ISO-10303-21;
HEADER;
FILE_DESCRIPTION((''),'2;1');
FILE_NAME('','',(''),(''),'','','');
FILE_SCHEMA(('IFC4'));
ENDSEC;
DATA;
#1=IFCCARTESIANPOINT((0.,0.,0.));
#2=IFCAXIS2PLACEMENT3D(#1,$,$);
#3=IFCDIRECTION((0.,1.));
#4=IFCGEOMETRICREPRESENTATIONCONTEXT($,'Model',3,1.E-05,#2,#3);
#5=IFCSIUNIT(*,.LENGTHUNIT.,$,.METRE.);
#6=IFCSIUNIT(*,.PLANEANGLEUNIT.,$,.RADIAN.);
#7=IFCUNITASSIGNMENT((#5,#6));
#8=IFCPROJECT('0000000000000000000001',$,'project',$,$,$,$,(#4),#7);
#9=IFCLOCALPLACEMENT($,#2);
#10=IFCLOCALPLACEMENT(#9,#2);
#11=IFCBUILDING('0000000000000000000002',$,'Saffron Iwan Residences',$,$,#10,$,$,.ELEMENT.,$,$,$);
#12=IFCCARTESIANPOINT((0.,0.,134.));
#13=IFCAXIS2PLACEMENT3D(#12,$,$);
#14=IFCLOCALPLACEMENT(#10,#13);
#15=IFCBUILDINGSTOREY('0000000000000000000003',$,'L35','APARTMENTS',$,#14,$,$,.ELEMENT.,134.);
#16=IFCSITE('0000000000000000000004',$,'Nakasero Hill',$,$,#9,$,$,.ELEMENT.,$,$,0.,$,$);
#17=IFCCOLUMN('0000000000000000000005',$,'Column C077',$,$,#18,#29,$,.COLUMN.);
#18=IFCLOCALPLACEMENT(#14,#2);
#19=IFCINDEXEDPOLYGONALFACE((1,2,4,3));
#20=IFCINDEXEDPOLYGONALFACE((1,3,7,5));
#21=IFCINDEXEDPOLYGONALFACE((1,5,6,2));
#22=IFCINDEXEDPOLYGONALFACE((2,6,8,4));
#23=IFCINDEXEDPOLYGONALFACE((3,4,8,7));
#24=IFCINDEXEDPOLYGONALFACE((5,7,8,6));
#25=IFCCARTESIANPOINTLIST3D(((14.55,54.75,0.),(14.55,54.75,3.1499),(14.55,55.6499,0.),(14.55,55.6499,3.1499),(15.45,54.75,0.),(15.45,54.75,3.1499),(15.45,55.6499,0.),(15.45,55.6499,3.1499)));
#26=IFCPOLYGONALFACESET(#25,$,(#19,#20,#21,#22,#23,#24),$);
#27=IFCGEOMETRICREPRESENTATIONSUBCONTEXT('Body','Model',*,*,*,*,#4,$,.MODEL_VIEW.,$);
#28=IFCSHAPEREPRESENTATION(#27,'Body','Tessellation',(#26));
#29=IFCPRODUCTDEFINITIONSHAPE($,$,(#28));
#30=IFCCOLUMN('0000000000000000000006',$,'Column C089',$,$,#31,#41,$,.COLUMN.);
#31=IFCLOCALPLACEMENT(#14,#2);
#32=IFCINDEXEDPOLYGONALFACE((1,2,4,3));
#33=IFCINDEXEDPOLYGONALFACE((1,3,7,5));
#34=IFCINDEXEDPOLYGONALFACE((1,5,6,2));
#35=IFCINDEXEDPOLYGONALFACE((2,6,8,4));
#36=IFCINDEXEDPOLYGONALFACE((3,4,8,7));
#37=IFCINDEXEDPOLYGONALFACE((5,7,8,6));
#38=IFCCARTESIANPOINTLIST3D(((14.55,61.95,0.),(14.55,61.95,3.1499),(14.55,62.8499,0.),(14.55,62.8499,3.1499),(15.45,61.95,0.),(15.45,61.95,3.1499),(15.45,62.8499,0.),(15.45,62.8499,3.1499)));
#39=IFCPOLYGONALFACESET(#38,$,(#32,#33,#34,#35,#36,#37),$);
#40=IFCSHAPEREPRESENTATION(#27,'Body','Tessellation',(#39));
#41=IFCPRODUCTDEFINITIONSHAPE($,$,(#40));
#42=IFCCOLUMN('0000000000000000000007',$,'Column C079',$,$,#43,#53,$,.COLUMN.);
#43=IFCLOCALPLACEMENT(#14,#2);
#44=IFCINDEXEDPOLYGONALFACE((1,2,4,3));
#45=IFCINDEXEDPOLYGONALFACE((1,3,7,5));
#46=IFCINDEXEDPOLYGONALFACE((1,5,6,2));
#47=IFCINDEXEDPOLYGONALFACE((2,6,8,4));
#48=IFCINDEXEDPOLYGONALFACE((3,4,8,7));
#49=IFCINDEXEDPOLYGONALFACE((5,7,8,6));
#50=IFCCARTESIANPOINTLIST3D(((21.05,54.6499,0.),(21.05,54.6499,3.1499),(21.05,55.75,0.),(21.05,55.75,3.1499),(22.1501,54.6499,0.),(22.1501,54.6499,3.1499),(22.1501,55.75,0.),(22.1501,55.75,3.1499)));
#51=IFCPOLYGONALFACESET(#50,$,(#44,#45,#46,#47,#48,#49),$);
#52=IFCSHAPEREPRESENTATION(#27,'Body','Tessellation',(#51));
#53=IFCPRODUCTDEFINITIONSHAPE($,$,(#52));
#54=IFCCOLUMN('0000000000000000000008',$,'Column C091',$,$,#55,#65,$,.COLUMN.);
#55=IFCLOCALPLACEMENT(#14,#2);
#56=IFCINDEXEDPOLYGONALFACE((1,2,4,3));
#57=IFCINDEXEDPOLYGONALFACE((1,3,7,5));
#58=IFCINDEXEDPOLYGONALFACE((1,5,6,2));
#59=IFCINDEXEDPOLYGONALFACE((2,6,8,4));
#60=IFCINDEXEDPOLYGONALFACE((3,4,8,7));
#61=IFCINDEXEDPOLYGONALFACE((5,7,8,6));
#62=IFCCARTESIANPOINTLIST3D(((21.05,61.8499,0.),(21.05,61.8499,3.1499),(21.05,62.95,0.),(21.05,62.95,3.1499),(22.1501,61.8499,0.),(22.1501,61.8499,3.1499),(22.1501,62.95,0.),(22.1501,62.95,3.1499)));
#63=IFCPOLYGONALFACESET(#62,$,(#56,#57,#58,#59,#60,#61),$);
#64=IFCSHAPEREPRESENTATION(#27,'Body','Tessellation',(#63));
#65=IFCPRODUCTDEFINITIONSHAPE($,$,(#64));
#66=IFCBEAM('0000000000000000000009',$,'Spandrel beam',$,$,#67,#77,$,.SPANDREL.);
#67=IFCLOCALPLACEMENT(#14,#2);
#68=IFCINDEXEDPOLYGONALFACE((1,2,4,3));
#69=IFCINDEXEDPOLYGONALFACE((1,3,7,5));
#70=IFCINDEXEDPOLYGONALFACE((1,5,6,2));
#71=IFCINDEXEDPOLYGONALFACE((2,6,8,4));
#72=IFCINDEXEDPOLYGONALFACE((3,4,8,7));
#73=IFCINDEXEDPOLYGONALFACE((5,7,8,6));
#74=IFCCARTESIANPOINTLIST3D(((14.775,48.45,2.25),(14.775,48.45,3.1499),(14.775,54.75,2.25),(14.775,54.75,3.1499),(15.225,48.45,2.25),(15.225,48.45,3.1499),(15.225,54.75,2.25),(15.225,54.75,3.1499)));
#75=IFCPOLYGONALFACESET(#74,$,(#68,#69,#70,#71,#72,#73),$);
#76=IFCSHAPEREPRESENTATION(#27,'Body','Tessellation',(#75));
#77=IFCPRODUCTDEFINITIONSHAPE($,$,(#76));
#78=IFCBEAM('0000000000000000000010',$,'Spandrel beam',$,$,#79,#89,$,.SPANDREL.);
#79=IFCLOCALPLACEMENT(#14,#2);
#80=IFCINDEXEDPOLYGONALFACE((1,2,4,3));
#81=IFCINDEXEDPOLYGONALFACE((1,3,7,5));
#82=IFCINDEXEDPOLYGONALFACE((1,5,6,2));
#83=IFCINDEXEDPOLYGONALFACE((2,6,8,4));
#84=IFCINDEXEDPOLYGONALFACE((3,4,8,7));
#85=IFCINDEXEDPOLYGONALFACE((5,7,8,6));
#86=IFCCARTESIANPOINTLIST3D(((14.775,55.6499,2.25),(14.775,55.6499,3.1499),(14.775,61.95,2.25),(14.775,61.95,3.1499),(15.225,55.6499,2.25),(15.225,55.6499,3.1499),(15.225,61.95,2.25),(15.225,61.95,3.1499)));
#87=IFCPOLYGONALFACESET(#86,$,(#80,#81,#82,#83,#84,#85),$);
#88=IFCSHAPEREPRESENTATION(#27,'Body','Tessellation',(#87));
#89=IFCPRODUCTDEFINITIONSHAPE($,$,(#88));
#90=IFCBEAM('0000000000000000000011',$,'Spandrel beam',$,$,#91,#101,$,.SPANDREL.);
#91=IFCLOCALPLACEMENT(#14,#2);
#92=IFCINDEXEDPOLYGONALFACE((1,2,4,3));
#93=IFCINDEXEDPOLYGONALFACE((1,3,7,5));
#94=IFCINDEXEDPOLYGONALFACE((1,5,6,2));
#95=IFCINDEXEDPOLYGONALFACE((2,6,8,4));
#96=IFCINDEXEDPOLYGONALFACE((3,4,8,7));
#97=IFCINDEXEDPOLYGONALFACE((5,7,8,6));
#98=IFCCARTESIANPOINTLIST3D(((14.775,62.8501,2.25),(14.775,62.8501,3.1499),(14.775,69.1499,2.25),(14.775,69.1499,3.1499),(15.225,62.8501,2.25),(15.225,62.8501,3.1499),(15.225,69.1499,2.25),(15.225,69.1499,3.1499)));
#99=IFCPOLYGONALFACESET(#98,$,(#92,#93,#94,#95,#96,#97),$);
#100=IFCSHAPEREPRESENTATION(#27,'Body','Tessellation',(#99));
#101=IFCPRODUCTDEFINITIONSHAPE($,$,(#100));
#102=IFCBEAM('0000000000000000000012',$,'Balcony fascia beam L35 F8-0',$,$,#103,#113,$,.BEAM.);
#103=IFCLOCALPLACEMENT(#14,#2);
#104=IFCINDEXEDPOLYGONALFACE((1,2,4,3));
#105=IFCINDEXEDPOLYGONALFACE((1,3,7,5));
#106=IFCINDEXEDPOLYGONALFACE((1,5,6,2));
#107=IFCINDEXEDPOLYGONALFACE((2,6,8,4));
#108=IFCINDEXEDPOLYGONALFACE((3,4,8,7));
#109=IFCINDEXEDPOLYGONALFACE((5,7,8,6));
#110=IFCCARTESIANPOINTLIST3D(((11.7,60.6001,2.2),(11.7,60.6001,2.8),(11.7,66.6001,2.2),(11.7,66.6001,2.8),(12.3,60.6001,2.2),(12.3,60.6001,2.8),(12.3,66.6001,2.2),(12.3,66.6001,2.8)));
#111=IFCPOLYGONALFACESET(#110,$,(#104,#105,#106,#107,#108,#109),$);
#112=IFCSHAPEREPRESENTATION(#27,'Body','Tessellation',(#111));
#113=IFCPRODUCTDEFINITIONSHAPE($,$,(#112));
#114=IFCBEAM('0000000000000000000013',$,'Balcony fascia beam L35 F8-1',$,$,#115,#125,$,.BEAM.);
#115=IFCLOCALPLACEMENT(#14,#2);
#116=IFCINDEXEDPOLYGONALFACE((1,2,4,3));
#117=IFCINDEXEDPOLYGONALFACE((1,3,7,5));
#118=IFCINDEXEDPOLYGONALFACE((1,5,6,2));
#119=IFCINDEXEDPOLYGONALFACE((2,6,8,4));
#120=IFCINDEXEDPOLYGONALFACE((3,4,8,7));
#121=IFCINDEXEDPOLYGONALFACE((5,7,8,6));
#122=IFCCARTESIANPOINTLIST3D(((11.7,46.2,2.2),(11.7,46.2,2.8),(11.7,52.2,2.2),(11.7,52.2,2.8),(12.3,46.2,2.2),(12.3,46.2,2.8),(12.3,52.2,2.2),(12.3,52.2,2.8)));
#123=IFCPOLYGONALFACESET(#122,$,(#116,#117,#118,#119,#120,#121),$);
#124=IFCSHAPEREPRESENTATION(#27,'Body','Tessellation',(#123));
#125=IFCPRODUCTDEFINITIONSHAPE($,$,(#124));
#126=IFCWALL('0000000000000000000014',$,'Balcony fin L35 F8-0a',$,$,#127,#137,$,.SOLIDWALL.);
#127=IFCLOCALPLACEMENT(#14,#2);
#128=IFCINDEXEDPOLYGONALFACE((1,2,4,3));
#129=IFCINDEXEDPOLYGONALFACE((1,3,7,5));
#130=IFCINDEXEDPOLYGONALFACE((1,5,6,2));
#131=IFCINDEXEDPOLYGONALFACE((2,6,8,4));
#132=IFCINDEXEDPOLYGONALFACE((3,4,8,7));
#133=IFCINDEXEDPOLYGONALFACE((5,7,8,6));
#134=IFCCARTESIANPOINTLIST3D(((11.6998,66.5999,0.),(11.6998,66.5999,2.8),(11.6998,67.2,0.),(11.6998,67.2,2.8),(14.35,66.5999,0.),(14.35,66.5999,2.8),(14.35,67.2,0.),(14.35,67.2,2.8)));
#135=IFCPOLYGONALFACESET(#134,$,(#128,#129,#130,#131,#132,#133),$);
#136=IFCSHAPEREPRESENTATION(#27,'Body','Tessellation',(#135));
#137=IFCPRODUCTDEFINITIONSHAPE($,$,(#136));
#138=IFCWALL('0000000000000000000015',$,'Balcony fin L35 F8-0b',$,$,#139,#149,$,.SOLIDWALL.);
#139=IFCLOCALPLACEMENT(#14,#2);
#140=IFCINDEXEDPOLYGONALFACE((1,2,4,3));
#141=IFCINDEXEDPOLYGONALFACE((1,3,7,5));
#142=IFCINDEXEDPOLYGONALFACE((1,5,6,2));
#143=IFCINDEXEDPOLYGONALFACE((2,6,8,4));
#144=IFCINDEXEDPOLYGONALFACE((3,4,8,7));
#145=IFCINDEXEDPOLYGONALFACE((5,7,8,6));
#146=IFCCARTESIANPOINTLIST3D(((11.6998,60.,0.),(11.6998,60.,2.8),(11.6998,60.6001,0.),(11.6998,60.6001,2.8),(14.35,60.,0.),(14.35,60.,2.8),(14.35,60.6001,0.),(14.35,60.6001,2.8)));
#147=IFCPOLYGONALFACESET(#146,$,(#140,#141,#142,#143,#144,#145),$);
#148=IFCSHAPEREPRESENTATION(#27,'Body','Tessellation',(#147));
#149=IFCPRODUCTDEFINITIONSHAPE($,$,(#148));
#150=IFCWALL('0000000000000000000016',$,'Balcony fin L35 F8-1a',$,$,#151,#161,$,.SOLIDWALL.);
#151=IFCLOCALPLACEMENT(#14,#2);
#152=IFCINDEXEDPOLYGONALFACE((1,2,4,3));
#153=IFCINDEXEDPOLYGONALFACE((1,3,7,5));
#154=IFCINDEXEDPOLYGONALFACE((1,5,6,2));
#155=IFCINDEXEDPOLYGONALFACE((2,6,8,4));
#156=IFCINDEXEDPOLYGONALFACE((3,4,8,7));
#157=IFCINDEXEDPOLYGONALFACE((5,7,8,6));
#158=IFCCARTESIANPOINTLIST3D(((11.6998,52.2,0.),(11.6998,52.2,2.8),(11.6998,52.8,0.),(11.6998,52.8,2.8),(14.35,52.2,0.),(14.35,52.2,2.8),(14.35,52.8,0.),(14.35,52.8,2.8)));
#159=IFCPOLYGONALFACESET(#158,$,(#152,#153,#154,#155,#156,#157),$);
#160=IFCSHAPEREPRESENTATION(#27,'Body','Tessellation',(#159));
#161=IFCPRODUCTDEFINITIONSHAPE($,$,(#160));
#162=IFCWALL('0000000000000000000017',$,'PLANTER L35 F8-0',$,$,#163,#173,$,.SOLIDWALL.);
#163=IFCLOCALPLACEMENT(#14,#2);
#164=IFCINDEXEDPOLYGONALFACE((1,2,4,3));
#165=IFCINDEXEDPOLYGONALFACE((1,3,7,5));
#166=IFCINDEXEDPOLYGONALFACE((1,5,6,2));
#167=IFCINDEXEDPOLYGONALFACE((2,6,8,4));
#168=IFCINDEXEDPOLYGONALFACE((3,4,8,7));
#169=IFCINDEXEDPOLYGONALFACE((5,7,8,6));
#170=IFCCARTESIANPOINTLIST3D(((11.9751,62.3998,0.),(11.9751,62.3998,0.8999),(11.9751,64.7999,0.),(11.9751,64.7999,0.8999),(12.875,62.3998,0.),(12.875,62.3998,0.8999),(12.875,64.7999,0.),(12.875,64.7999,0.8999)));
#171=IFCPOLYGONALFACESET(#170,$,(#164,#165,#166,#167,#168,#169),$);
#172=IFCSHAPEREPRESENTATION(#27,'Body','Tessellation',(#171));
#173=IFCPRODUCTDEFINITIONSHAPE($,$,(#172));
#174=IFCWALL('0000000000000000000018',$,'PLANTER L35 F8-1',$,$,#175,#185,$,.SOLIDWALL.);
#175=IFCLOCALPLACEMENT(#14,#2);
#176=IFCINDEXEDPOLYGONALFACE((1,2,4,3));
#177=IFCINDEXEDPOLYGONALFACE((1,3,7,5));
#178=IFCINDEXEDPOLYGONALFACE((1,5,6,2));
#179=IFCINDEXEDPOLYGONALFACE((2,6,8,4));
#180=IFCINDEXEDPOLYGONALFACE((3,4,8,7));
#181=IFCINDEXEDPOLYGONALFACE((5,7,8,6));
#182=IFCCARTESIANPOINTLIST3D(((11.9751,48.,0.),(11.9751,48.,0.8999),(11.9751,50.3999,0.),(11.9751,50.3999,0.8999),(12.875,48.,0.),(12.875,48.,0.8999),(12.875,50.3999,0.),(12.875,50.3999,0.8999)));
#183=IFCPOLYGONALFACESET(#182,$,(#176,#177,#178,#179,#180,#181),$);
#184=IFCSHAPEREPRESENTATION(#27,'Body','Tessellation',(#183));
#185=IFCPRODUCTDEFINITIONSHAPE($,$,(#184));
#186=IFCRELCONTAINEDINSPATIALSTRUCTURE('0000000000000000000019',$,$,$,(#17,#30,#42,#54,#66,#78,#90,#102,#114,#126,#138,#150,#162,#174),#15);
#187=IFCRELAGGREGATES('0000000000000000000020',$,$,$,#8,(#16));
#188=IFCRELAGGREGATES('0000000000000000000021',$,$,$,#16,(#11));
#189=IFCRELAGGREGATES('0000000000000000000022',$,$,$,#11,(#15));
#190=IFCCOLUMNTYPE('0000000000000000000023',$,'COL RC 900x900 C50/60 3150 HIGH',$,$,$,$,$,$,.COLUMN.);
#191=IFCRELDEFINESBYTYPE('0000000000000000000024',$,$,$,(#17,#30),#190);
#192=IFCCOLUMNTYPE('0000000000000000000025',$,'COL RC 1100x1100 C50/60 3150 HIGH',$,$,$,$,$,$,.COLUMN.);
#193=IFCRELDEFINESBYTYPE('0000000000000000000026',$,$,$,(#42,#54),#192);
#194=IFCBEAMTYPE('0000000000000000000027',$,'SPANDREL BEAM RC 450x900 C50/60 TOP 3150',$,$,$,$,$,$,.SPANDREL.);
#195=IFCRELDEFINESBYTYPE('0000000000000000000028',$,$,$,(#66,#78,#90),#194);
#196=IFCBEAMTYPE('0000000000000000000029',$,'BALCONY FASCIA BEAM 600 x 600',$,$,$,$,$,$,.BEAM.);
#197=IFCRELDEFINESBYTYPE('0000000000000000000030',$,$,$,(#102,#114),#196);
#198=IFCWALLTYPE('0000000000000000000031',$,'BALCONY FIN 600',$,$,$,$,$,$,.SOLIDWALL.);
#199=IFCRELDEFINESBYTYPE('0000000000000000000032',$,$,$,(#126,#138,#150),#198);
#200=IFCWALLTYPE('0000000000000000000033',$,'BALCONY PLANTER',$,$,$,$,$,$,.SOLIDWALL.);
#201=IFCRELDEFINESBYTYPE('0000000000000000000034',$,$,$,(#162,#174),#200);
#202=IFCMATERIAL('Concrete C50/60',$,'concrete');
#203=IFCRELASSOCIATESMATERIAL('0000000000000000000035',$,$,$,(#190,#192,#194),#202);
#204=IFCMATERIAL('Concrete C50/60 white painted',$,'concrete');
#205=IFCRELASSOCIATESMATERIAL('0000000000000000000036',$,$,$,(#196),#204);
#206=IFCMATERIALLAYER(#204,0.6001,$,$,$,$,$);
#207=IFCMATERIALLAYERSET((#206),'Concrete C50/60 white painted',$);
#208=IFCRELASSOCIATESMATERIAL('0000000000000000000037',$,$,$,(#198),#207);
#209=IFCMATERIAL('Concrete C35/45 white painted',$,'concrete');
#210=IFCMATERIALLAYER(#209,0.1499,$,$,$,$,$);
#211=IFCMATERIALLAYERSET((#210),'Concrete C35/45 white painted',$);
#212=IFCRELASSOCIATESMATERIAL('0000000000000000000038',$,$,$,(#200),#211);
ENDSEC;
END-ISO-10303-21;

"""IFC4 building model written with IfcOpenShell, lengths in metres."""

from ifc_helpers import new_model, si_unit, direction, frame, frame_2d, origin, origin_2d, place, context, subcontext, project, spatial, rectangle, extrude, source, transform, mapped, material, layer, layer_set, material_profile, profile_set, type_object, element, save


model = new_model("IFC4")

# Units and contexts
model_context = context("Model", 3, precision=1e-05, world=origin(), true_north=direction((0.0, 1.0)))
body_context = subcontext(model_context, "Body", "Model", "MODEL_VIEW")
ifc_project = project(units=[si_unit("LENGTHUNIT", "METRE"), si_unit("PLANEANGLEUNIT", "RADIAN")], contexts=[model_context])

# Site, building, storey
site_placement = place(None, origin())
site = spatial("IfcSite", under=ifc_project, at=site_placement, Name="Nakasero Hill", CompositionType="ELEMENT", RefElevation=0.0)
building_placement = place(site_placement, origin())
building = spatial("IfcBuilding", under=site, at=building_placement, Name="Saffron Iwan Residences", CompositionType="ELEMENT")
storey_placement = place(building_placement, frame((0.0, 0.0, 134.0)))
storey = spatial("IfcBuildingStorey", under=building, at=storey_placement, Name="L35", Description="APARTMENTS", CompositionType="ELEMENT", Elevation=134.0)

# Columns
ifc_material_1 = material(Name="Concrete C50/60", Category="concrete")
ifc_material_profile_1 = material_profile(ifc_material_1, rectangle(XDim=0.8999, YDim=0.8999, at=origin_2d()), Name="RC 900x900")
ifc_profile_set_1 = profile_set([ifc_material_profile_1], Name="Concrete C50/60")
column_type_1 = type_object("IfcColumnType", Name="COL RC 900x900 C50/60 3150 HIGH", PredefinedType="COLUMN", material=ifc_profile_set_1)
shared_shape_1 = source(origin(), body_context, "Body", "SweptSolid", [
    extrude(rectangle(XDim=0.8999, YDim=0.8999, at=origin_2d()), origin(), (0.0, 0.0, 1.0), 3.1499),
])
for number, where, z_axis, x_axis, name in (
    (1, (15.0, 55.2, 0.0), (0.0, 0.0, 1.0), (1.0, 0.0, 0.0), "Column C077"),
    (2, (15.0, 62.3999, 0.0), (0.0, 0.0, 1.0), (1.0, 0.0, 0.0), "Column C089"),
):
    element("IfcColumn", number, at=place(storey_placement, frame(where, z_axis=z_axis, x_axis=x_axis)), inside=storey, type_object=column_type_1, Name=name, PredefinedType="COLUMN", context=body_context, shape_type="MappedRepresentation", body=[
        mapped(shared_shape_1, transform((0.0, 0.0, 0.0))),
    ])
ifc_material_profile_2 = material_profile(ifc_material_1, rectangle(XDim=1.1001, YDim=1.1001, at=origin_2d()), Name="RC 1100x1100")
ifc_profile_set_2 = profile_set([ifc_material_profile_2], Name="Concrete C50/60")
column_type_2 = type_object("IfcColumnType", Name="COL RC 1100x1100 C50/60 3150 HIGH", PredefinedType="COLUMN", material=ifc_profile_set_2)
shared_shape_2 = source(origin(), body_context, "Body", "SweptSolid", [
    extrude(rectangle(XDim=1.1001, YDim=1.1001, at=origin_2d()), origin(), (0.0, 0.0, 1.0), 3.1499),
])
for number, where, z_axis, x_axis, name in (
    (3, (21.6001, 55.2, 0.0), (0.0, 0.0, 1.0), (1.0, 0.0, 0.0), "Column C079"),
    (4, (21.6001, 62.3999, 0.0), (0.0, 0.0, 1.0), (1.0, 0.0, 0.0), "Column C091"),
):
    element("IfcColumn", number, at=place(storey_placement, frame(where, z_axis=z_axis, x_axis=x_axis)), inside=storey, type_object=column_type_2, Name=name, PredefinedType="COLUMN", context=body_context, shape_type="MappedRepresentation", body=[
        mapped(shared_shape_2, transform((0.0, 0.0, 0.0))),
    ])

# Beams
ifc_material_profile_3 = material_profile(ifc_material_1, rectangle(XDim=0.45, YDim=0.8999, at=origin_2d()), Name="RC 450x900")
ifc_profile_set_3 = profile_set([ifc_material_profile_3], Name="Concrete C50/60")
beam_type_1 = type_object("IfcBeamType", Name="SPANDREL BEAM RC 450x900 C50/60 TOP 3150", PredefinedType="SPANDREL", material=ifc_profile_set_3)
shared_shape_3 = source(origin(), body_context, "Body", "SweptSolid", [
    extrude(rectangle(XDim=0.45, YDim=0.8999, at=origin_2d()), origin(), (0.0, 0.0, 1.0), 6.3),
])
for number, where, z_axis, x_axis, name in (
    (5, (15.0, 48.45, 2.7), (0.0, 1.0, 0.0), (-1.0, 0.0, 0.0), "Spandrel beam"),
    (6, (15.0, 55.6499, 2.7), (0.0, 1.0, 0.0), (-1.0, 0.0, 0.0), "Spandrel beam"),
):
    element("IfcBeam", number, at=place(storey_placement, frame(where, z_axis=z_axis, x_axis=x_axis)), inside=storey, type_object=beam_type_1, Name=name, PredefinedType="SPANDREL", context=body_context, shape_type="MappedRepresentation", body=[
        mapped(shared_shape_3, transform((0.0, 0.0, 0.0))),
    ])
shared_shape_4 = source(origin(), body_context, "Body", "SweptSolid", [
    extrude(rectangle(XDim=0.45, YDim=0.8999, at=origin_2d()), origin(), (0.0, 0.0, 1.0), 6.2998),
])
beam_placement = place(storey_placement, frame((15.0, 62.8501, 2.7), z_axis=(0.0, 1.0, 0.0), x_axis=(-1.0, 0.0, 0.0)))
element("IfcBeam", 7, at=beam_placement, inside=storey, type_object=beam_type_1, Name="Spandrel beam", PredefinedType="SPANDREL", context=body_context, shape_type="MappedRepresentation", body=[
    mapped(shared_shape_4, transform((0.0, 0.0, 0.0))),
])
ifc_material_2 = material(Name="Concrete C50/60 white painted", Category="concrete")
ifc_material_profile_4 = material_profile(ifc_material_2, rectangle(XDim=0.6001, YDim=0.6001, at=origin_2d()), Name="BALCONY FASCIA BEAM 600 x 600")
ifc_profile_set_4 = profile_set([ifc_material_profile_4], Name="Concrete C50/60 white painted")
beam_type_2 = type_object("IfcBeamType", Name="BALCONY FASCIA BEAM 600 x 600", PredefinedType="BEAM", material=ifc_profile_set_4)
shared_shape_5 = source(origin(), body_context, "Body", "SweptSolid", [
    extrude(rectangle(XDim=0.6001, YDim=0.6001, at=origin_2d()), origin(), (0.0, 0.0, 1.0), 6.0),
])
for number, where, z_axis, x_axis, name in (
    (8, (12.0, 66.6001, 2.5), (0.0, -1.0, 0.0), (1.0, 0.0, 0.0), "Balcony fascia beam L35 F8-0"),
    (9, (12.0, 52.2, 2.5), (0.0, -1.0, 0.0), (1.0, 0.0, 0.0), "Balcony fascia beam L35 F8-1"),
):
    element("IfcBeam", number, at=place(storey_placement, frame(where, z_axis=z_axis, x_axis=x_axis)), inside=storey, type_object=beam_type_2, Name=name, PredefinedType="BEAM", context=body_context, shape_type="MappedRepresentation", body=[
        mapped(shared_shape_5, transform((0.0, 0.0, 0.0))),
    ])

# Walls
ifc_layer_1 = layer(ifc_material_2, 0.6001)
ifc_layer_set_1 = layer_set([ifc_layer_1], Name="Concrete C50/60 white painted")
wall_type_1 = type_object("IfcWallType", Name="BALCONY FIN 600", PredefinedType="SOLIDWALL", material=ifc_layer_set_1)
for number, where, z_axis, x_axis, name in (
    (10, (14.3501, 66.8999, 0.0), (0.0, 0.0, 1.0), (-1.0, 0.0, 0.0), "Balcony fin L35 F8-0a"),
    (11, (14.3501, 60.3, 0.0), (0.0, 0.0, 1.0), (-1.0, 0.0, 0.0), "Balcony fin L35 F8-0b"),
    (12, (14.3501, 52.5, 0.0), (0.0, 0.0, 1.0), (-1.0, 0.0, 0.0), "Balcony fin L35 F8-1a"),
):
    element("IfcWall", number, at=place(storey_placement, frame(where, z_axis=z_axis, x_axis=x_axis)), inside=storey, type_object=wall_type_1, Name=name, PredefinedType="SOLIDWALL", context=body_context, shape_type="SweptSolid", body=[
        extrude(rectangle(XDim=2.6501, YDim=0.6001, at=frame_2d((1.3252, 0.0))), origin(), (0.0, 0.0, 1.0), 2.8),
    ])
ifc_material_3 = material(Name="Concrete C35/45 white painted", Category="concrete")
ifc_layer_2 = layer(ifc_material_3, 0.1499)
ifc_layer_set_2 = layer_set([ifc_layer_2], Name="Concrete C35/45 white painted")
wall_type_2 = type_object("IfcWallType", Name="BALCONY PLANTER", PredefinedType="SOLIDWALL", material=ifc_layer_set_2)
wall_1_placement = place(storey_placement, frame((12.425, 64.8, 0.0), z_axis=(0.0, 0.0, 1.0), x_axis=(0.0, -1.0, 0.0)))
element("IfcWall", 13, at=wall_1_placement, inside=storey, type_object=wall_type_2, Name="PLANTER L35 F8-0", PredefinedType="SOLIDWALL", context=body_context, shape_type="SweptSolid", body=[
    extrude(rectangle(XDim=2.4001, YDim=0.8999, at=frame_2d((1.2002, 0.0))), origin(), (0.0, 0.0, 1.0), 0.8999),
])
wall_2_placement = place(storey_placement, frame((12.425, 50.3999, 0.0), z_axis=(0.0, 0.0, 1.0), x_axis=(0.0, -1.0, 0.0)))
element("IfcWall", 14, at=wall_2_placement, inside=storey, type_object=wall_type_2, Name="PLANTER L35 F8-1", PredefinedType="SOLIDWALL", context=body_context, shape_type="SweptSolid", body=[
    extrude(rectangle(XDim=2.3999, YDim=0.8999, at=frame_2d((1.2, 0.0))), origin(), (0.0, 0.0, 1.0), 0.8999),
])

save(model, "model.ifc")
